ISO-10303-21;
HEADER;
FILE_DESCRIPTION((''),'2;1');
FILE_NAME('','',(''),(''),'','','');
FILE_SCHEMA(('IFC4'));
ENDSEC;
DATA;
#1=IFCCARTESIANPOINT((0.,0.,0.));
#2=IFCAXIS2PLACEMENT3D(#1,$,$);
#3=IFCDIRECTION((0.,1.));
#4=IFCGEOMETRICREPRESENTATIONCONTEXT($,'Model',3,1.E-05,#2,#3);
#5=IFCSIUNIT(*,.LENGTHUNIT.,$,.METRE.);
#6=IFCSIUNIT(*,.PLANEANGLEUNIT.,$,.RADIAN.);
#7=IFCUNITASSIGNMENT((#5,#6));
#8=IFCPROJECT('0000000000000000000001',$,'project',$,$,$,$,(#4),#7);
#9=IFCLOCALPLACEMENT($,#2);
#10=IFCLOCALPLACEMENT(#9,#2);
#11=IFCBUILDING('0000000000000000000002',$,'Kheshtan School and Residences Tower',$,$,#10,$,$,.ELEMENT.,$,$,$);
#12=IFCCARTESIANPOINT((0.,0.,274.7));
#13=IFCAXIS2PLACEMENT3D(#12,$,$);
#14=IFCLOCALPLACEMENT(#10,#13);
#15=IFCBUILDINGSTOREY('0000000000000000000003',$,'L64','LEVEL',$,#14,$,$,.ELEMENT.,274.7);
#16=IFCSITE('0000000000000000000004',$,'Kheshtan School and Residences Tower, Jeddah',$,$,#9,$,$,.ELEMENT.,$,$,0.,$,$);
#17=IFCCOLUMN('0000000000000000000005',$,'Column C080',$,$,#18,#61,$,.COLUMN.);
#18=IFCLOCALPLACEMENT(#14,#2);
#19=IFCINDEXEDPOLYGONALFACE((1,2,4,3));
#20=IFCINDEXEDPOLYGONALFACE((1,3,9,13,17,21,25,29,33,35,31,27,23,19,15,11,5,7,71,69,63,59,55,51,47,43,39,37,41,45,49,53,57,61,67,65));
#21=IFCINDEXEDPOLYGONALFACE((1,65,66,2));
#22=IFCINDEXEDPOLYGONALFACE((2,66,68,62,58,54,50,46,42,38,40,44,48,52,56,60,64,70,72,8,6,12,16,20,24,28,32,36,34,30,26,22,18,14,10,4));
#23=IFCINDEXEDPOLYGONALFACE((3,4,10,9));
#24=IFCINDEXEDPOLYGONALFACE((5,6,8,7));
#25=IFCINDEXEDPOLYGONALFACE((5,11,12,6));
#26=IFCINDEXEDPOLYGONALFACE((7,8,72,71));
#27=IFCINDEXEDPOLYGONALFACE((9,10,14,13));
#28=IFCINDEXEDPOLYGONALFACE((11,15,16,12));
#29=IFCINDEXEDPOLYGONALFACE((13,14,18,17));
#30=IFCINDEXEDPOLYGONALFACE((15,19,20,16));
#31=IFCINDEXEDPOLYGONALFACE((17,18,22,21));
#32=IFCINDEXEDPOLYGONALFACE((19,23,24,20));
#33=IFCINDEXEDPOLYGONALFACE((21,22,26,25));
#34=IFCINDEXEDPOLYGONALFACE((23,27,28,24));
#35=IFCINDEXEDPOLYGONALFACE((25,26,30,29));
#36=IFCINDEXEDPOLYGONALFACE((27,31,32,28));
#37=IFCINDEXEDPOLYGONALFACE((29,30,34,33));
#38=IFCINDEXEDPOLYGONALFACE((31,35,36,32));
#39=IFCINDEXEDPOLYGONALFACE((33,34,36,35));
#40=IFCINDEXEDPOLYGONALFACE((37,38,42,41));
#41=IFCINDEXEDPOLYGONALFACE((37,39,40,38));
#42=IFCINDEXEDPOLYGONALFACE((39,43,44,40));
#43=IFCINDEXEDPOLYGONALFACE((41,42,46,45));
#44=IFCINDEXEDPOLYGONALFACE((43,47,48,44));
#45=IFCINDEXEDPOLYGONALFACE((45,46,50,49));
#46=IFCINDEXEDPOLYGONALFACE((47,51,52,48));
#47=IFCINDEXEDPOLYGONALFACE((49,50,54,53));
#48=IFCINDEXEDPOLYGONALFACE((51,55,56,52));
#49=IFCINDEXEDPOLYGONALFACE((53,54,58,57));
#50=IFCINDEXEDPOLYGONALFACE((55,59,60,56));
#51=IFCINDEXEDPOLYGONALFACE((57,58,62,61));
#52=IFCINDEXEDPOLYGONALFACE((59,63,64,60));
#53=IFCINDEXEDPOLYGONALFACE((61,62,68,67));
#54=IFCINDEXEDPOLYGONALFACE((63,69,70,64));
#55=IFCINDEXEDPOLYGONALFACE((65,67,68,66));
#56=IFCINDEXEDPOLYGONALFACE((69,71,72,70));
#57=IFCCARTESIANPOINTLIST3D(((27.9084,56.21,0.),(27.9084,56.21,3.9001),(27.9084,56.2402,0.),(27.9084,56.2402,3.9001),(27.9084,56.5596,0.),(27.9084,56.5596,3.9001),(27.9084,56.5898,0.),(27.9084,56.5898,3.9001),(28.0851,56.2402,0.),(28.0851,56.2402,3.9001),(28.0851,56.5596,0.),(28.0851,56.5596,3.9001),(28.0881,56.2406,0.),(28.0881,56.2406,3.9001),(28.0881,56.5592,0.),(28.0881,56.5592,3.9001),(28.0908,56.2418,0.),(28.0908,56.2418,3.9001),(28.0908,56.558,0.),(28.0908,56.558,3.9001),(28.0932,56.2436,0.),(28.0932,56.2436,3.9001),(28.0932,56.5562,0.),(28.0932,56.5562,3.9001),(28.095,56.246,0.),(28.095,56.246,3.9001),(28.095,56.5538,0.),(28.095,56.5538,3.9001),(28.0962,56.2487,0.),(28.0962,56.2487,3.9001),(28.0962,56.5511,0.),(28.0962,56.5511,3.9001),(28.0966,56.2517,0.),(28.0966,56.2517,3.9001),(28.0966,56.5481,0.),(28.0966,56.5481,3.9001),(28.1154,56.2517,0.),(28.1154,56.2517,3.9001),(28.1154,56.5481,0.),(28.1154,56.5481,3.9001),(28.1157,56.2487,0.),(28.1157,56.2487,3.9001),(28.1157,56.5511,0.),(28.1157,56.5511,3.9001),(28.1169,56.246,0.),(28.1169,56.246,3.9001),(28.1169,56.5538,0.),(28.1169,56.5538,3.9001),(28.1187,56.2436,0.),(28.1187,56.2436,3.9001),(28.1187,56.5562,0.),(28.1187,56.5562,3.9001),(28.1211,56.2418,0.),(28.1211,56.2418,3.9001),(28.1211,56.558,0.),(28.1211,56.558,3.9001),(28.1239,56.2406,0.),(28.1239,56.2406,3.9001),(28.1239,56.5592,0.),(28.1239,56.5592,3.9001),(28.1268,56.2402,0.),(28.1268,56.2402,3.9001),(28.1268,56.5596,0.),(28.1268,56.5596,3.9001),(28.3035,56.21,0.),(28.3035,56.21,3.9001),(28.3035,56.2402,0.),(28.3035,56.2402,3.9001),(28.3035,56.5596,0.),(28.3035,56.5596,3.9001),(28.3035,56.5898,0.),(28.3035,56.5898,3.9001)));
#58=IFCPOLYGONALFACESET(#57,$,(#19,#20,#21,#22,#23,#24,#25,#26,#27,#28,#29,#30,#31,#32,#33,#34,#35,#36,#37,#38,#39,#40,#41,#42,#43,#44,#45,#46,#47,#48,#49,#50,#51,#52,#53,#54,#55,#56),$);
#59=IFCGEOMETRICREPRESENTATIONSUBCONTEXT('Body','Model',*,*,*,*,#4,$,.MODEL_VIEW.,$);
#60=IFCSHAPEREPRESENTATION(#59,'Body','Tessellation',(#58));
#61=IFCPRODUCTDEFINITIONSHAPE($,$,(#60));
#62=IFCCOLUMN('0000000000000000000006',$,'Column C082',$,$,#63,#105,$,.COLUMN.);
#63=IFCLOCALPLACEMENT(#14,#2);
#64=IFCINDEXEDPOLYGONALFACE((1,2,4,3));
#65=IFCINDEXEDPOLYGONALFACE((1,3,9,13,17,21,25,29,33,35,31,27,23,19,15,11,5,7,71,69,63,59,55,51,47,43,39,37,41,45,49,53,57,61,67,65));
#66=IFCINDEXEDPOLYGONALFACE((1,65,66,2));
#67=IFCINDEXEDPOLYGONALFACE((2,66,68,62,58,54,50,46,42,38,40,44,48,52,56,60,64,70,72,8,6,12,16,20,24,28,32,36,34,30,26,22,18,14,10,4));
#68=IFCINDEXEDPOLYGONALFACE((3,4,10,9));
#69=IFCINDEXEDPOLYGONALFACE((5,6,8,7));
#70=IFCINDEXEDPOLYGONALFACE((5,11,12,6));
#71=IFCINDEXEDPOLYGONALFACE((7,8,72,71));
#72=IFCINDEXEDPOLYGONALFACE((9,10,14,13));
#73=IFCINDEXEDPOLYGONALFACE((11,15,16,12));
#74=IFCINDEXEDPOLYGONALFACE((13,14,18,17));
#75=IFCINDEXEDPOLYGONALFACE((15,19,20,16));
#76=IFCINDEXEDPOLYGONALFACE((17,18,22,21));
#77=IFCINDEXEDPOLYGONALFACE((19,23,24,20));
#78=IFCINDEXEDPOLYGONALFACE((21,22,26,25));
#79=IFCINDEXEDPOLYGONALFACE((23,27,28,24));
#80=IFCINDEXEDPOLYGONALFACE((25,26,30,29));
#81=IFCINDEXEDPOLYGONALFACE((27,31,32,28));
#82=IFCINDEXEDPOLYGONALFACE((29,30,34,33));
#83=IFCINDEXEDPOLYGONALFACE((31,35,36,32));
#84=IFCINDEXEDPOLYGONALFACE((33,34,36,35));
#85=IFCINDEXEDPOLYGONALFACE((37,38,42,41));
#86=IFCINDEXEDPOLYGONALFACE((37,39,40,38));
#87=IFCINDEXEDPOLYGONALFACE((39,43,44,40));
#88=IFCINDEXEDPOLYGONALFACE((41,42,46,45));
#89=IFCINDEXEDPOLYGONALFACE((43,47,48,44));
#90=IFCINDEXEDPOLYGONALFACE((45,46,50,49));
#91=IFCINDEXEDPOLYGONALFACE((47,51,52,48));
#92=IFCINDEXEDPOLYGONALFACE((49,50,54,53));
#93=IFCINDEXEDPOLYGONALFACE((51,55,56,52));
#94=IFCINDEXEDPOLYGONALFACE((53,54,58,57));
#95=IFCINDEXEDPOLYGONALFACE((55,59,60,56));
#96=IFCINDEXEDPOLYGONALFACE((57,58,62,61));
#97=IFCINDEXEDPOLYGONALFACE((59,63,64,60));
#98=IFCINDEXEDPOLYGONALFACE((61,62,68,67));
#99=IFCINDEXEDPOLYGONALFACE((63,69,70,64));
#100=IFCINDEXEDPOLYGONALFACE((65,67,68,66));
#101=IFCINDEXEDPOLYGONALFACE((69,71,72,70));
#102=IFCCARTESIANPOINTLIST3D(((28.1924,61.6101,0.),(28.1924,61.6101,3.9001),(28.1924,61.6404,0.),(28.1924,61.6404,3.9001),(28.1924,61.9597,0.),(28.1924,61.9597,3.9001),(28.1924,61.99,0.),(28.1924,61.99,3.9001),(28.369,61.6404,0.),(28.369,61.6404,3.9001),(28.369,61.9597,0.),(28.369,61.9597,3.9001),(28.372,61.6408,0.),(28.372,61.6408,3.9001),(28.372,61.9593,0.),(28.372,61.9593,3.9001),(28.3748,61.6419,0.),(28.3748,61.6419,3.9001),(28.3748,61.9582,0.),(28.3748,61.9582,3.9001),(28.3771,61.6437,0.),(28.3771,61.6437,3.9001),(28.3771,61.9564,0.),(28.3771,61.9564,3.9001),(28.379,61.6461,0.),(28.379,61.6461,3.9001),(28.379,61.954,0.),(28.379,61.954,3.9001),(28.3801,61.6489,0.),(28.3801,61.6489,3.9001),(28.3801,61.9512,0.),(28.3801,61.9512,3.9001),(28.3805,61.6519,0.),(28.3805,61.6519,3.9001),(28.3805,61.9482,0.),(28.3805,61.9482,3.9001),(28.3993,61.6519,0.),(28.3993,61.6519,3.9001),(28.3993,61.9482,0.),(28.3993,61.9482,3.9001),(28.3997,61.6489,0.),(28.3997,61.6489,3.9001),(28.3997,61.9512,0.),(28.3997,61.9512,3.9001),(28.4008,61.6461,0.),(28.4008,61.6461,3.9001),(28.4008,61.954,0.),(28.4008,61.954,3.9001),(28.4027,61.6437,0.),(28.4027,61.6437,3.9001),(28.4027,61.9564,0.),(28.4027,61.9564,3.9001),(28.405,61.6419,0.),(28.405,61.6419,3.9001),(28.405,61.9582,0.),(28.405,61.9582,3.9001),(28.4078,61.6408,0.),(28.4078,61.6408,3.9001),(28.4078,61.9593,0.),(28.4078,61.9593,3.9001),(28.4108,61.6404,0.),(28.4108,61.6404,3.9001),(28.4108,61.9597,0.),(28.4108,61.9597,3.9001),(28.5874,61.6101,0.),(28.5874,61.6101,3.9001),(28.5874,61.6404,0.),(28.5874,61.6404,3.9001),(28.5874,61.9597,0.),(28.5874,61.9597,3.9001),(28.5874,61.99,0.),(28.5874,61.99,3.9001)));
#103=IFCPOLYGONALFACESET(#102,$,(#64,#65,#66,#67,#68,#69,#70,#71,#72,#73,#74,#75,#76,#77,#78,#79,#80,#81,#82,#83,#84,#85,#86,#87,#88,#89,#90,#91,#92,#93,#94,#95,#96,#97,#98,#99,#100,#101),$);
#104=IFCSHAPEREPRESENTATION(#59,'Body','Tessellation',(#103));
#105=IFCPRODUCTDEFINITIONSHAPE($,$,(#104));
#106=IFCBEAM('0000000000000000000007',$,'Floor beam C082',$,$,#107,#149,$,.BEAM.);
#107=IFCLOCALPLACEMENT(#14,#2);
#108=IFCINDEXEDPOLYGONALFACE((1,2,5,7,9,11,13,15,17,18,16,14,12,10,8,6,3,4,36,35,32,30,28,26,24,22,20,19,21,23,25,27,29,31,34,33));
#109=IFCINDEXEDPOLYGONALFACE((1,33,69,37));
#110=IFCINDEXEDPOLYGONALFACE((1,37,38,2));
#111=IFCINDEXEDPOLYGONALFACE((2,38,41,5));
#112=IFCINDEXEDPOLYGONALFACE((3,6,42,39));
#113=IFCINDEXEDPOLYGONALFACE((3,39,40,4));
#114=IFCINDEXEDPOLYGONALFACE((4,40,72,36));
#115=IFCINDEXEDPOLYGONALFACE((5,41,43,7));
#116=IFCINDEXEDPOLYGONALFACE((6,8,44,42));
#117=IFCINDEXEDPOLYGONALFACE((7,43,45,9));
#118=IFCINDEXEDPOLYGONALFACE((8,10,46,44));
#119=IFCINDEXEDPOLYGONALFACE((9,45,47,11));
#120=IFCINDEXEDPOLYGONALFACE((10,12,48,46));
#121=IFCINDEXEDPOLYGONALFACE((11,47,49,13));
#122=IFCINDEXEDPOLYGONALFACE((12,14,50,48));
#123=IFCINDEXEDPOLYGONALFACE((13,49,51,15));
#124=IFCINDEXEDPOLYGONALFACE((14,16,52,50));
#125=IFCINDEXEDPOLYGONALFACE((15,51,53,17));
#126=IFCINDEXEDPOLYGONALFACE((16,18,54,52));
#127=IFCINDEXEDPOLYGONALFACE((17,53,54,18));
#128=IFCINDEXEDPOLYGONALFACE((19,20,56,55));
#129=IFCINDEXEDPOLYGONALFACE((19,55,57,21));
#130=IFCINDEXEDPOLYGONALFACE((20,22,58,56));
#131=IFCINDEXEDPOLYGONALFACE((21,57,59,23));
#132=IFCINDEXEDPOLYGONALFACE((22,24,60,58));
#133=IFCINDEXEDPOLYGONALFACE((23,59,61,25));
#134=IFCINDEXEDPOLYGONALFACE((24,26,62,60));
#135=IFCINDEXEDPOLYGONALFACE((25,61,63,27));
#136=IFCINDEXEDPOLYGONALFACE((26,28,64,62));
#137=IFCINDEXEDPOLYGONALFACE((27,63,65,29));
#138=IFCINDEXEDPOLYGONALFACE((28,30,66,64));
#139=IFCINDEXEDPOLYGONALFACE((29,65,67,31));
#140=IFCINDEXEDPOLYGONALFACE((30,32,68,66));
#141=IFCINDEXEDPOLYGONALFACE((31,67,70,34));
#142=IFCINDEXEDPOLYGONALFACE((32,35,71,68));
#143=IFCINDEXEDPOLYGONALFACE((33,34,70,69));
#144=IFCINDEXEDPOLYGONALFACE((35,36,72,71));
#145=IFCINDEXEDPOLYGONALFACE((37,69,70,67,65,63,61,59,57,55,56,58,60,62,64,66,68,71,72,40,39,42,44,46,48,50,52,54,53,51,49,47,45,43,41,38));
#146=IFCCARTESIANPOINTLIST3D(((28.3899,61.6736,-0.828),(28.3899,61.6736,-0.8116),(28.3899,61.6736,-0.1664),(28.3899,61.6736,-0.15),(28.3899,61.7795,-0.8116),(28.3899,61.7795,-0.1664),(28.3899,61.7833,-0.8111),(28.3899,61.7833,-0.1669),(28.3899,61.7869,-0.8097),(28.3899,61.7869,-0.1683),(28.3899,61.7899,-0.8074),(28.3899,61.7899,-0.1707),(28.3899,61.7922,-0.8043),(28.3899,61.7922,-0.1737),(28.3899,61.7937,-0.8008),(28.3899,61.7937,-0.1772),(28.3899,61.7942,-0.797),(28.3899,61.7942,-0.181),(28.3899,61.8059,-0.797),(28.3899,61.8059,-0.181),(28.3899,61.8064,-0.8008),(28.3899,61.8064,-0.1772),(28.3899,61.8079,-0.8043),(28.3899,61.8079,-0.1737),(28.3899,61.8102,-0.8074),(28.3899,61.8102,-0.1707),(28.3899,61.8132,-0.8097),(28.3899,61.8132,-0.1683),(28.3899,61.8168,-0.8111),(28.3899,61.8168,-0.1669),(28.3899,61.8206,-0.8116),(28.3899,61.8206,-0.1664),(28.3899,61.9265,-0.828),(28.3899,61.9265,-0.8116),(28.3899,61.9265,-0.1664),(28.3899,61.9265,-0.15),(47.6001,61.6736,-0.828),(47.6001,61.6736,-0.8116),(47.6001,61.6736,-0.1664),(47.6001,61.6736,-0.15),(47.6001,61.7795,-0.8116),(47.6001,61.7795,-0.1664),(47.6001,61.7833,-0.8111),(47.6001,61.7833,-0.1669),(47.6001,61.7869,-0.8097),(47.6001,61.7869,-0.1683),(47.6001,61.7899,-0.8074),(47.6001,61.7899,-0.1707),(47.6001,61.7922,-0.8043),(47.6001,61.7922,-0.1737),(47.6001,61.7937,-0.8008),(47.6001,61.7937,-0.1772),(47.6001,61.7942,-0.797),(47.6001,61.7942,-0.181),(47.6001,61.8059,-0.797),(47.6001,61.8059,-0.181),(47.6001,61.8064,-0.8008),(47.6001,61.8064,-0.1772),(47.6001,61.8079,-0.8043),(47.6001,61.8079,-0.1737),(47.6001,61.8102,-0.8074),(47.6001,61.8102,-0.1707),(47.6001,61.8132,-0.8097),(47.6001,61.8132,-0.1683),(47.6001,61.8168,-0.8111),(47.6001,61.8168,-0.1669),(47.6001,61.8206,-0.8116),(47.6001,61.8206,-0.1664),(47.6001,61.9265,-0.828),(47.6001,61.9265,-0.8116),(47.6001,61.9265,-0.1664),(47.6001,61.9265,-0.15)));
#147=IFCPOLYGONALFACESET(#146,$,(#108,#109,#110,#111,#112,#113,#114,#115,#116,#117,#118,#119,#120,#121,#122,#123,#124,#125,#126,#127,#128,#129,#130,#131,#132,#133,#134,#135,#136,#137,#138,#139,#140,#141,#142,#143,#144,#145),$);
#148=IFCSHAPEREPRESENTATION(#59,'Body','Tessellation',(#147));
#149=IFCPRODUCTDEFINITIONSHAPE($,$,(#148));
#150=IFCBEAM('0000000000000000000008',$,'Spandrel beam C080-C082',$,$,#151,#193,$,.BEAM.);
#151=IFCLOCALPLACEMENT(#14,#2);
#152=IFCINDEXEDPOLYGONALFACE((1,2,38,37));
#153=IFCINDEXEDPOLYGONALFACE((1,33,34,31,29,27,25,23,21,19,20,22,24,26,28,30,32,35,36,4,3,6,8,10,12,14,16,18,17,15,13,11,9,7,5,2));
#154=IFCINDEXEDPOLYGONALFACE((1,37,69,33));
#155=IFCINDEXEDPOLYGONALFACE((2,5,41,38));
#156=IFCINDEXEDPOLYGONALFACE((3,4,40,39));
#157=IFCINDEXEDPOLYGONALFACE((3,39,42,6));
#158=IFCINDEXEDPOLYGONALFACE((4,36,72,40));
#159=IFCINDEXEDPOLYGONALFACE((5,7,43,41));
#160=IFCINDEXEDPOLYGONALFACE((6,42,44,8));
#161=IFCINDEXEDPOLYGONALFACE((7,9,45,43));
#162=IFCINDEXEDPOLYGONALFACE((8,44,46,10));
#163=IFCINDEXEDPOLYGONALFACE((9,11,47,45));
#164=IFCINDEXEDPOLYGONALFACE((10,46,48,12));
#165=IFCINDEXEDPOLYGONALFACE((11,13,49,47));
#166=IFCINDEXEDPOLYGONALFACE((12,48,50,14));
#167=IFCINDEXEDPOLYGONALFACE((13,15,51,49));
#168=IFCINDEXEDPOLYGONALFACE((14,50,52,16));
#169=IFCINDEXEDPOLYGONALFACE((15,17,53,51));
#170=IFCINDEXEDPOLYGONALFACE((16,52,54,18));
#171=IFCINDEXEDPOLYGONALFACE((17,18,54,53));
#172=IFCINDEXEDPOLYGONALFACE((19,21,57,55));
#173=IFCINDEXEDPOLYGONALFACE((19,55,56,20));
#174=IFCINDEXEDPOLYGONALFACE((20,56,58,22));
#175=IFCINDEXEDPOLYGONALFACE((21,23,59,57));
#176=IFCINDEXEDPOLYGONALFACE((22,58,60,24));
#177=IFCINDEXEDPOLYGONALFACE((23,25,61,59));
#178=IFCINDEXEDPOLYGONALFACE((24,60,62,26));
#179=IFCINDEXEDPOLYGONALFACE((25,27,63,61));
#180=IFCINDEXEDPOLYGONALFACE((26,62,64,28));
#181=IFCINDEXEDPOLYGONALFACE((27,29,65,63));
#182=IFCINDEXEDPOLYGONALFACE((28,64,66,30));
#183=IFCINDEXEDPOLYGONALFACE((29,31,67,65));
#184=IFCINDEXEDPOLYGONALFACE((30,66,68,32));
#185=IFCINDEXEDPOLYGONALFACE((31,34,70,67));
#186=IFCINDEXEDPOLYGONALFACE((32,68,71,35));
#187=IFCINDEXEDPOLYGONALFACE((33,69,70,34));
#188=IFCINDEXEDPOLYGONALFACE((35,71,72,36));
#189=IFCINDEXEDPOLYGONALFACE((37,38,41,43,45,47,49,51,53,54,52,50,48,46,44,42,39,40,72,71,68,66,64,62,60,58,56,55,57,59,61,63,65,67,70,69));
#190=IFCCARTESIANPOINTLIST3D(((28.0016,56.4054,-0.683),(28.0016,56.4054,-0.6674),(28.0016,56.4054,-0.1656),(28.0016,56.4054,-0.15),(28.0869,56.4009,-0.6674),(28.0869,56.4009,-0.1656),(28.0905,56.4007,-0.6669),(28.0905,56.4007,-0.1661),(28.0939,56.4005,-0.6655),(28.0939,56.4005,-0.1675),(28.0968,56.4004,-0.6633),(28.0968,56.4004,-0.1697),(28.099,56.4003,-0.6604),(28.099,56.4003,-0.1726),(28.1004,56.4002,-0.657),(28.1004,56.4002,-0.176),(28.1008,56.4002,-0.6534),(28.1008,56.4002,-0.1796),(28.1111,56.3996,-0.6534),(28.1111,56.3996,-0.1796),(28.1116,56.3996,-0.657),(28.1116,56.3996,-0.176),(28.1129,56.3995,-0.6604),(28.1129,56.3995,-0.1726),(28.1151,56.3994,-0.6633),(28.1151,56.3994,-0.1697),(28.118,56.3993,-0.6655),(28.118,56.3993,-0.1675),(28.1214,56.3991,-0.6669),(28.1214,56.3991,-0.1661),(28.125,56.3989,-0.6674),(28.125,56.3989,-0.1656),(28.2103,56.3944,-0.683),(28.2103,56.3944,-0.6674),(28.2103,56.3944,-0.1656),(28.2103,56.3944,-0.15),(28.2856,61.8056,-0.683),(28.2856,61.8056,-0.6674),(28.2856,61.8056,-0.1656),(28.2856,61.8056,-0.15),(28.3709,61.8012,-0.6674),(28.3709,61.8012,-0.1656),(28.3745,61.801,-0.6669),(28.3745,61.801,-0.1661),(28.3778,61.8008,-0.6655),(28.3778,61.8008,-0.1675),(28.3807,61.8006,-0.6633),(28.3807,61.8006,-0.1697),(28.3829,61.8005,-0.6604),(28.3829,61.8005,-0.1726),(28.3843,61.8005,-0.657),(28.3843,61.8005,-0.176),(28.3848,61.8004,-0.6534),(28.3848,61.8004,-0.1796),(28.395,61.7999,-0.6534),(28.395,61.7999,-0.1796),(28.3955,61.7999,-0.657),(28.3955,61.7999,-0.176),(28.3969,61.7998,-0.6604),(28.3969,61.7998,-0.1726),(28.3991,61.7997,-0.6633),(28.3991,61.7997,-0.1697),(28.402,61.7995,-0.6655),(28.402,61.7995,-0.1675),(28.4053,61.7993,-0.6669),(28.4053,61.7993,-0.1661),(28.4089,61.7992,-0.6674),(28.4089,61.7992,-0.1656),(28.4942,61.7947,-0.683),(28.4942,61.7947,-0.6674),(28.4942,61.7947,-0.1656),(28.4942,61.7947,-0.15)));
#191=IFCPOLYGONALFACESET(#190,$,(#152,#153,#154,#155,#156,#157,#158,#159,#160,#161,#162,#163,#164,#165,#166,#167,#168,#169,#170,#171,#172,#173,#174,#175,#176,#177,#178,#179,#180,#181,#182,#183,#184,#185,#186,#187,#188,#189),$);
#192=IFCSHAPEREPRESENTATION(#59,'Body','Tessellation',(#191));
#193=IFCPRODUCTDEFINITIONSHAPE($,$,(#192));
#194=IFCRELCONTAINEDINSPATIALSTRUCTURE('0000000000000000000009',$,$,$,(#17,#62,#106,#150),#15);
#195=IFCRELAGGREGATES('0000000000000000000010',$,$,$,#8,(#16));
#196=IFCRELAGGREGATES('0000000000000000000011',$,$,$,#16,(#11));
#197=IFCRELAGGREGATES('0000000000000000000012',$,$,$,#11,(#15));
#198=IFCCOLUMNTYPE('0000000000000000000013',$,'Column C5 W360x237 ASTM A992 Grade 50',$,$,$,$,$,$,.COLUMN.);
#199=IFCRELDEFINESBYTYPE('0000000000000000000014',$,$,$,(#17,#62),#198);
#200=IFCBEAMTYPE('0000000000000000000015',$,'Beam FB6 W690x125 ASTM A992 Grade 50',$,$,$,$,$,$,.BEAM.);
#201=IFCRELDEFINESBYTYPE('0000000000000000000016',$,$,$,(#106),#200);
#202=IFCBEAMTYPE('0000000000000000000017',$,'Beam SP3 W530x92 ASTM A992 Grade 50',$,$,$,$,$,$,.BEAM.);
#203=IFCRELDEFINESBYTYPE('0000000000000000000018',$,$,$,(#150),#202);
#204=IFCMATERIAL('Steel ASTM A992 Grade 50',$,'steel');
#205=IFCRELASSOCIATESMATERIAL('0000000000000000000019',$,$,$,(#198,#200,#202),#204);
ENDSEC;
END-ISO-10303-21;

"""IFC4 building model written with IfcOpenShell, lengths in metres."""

from ifc_helpers import new_model, si_unit, direction, frame, origin, origin_2d, place, context, subcontext, project, spatial, i_section, extrude, material, material_profile, profile_set, type_object, element, save


model = new_model("IFC4")

# Units and contexts
model_context = context("Model", 3, precision=1e-05, world=origin(), true_north=direction((0.0, 1.0)))
body_context = subcontext(model_context, "Body", "Model", "MODEL_VIEW")
ifc_project = project(units=[si_unit("LENGTHUNIT", "METRE"), si_unit("PLANEANGLEUNIT", "RADIAN")], contexts=[model_context])

# Site, building, storey
site_placement = place(None, origin())
site = spatial("IfcSite", under=ifc_project, at=site_placement, Name="Kheshtan School and Residences Tower, Jeddah", CompositionType="ELEMENT", RefElevation=0.0)
building_placement = place(site_placement, origin())
building = spatial("IfcBuilding", under=site, at=building_placement, Name="Kheshtan School and Residences Tower", CompositionType="ELEMENT")
storey_placement = place(building_placement, frame((0.0, 0.0, 274.7)))
storey = spatial("IfcBuildingStorey", under=building, at=storey_placement, Name="L64", Description="LEVEL", CompositionType="ELEMENT", Elevation=274.7)

# Columns
ifc_material_1 = material(Name="Steel ASTM A992 Grade 50", Category="steel")
ifc_material_profile_1 = material_profile(ifc_material_1, i_section(OverallWidth=0.395, OverallDepth=0.3799, WebThickness=0.0188, FlangeThickness=0.0303, FilletRadius=0.0115, at=origin_2d()), Name="W360x237")
ifc_profile_set_1 = profile_set([ifc_material_profile_1], Name="Steel ASTM A992 Grade 50")
column_type = type_object("IfcColumnType", Name="Column C5 W360x237 ASTM A992 Grade 50", PredefinedType="COLUMN", material=ifc_profile_set_1)
for number, where, z_axis, x_axis, name in (
    (1, (28.106, 56.3999, 0.0), (0.0, 0.0, 1.0), (1.0, 0.0, 0.0), "Column C080"),
    (2, (28.3899, 61.8, 0.0), (0.0, 0.0, 1.0), (1.0, 0.0, 0.0), "Column C082"),
):
    element("IfcColumn", number, at=place(storey_placement, frame(where, z_axis=z_axis, x_axis=x_axis)), inside=storey, type_object=column_type, Name=name, PredefinedType="COLUMN", context=body_context, shape_type="SweptSolid", body=[
        extrude(i_section(OverallWidth=0.395, OverallDepth=0.3799, WebThickness=0.0188, FlangeThickness=0.0303, FilletRadius=0.0115, at=origin_2d()), origin(), (0.0, 0.0, 1.0), 3.9001),
    ])

# Beams
ifc_material_profile_2 = material_profile(ifc_material_1, i_section(OverallWidth=0.2529, OverallDepth=0.678, WebThickness=0.0117, FlangeThickness=0.0164, FilletRadius=0.0146, at=origin_2d()), Name="W690x125")
ifc_profile_set_2 = profile_set([ifc_material_profile_2], Name="Steel ASTM A992 Grade 50")
beam_type_1 = type_object("IfcBeamType", Name="Beam FB6 W690x125 ASTM A992 Grade 50", PredefinedType="BEAM", material=ifc_profile_set_2)
beam_1_placement = place(storey_placement, frame((28.3899, 61.8, -0.489), z_axis=(1.0, 0.0, 0.0), x_axis=(0.0, 1.0, 0.0)))
element("IfcBeam", 3, at=beam_1_placement, inside=storey, type_object=beam_type_1, Name="Floor beam C082", PredefinedType="BEAM", context=body_context, shape_type="SweptSolid", body=[
    extrude(i_section(OverallWidth=0.2529, OverallDepth=0.678, WebThickness=0.0117, FlangeThickness=0.0164, FilletRadius=0.0146, at=origin_2d()), origin(), (0.0, 0.0, 1.0), 19.2102),
])
ifc_material_profile_3 = material_profile(ifc_material_1, i_section(OverallWidth=0.209, OverallDepth=0.533, WebThickness=0.0103, FlangeThickness=0.0156, FilletRadius=0.0139, at=origin_2d()), Name="W530x92")
ifc_profile_set_3 = profile_set([ifc_material_profile_3], Name="Steel ASTM A992 Grade 50")
beam_type_2 = type_object("IfcBeamType", Name="Beam SP3 W530x92 ASTM A992 Grade 50", PredefinedType="BEAM", material=ifc_profile_set_3)
beam_2_placement = place(storey_placement, frame((28.106, 56.3999, -0.4165), z_axis=(0.052507, 0.998621, 0.0), x_axis=(-0.998621, 0.052507, 0.0)))
element("IfcBeam", 4, at=beam_2_placement, inside=storey, type_object=beam_type_2, Name="Spandrel beam C080-C082", PredefinedType="BEAM", context=body_context, shape_type="SweptSolid", body=[
    extrude(i_section(OverallWidth=0.209, OverallDepth=0.533, WebThickness=0.0103, FlangeThickness=0.0156, FilletRadius=0.0139, at=origin_2d()), origin(), (0.0, 0.0, 1.0), 5.4077),
])

save(model, "model.ifc")
